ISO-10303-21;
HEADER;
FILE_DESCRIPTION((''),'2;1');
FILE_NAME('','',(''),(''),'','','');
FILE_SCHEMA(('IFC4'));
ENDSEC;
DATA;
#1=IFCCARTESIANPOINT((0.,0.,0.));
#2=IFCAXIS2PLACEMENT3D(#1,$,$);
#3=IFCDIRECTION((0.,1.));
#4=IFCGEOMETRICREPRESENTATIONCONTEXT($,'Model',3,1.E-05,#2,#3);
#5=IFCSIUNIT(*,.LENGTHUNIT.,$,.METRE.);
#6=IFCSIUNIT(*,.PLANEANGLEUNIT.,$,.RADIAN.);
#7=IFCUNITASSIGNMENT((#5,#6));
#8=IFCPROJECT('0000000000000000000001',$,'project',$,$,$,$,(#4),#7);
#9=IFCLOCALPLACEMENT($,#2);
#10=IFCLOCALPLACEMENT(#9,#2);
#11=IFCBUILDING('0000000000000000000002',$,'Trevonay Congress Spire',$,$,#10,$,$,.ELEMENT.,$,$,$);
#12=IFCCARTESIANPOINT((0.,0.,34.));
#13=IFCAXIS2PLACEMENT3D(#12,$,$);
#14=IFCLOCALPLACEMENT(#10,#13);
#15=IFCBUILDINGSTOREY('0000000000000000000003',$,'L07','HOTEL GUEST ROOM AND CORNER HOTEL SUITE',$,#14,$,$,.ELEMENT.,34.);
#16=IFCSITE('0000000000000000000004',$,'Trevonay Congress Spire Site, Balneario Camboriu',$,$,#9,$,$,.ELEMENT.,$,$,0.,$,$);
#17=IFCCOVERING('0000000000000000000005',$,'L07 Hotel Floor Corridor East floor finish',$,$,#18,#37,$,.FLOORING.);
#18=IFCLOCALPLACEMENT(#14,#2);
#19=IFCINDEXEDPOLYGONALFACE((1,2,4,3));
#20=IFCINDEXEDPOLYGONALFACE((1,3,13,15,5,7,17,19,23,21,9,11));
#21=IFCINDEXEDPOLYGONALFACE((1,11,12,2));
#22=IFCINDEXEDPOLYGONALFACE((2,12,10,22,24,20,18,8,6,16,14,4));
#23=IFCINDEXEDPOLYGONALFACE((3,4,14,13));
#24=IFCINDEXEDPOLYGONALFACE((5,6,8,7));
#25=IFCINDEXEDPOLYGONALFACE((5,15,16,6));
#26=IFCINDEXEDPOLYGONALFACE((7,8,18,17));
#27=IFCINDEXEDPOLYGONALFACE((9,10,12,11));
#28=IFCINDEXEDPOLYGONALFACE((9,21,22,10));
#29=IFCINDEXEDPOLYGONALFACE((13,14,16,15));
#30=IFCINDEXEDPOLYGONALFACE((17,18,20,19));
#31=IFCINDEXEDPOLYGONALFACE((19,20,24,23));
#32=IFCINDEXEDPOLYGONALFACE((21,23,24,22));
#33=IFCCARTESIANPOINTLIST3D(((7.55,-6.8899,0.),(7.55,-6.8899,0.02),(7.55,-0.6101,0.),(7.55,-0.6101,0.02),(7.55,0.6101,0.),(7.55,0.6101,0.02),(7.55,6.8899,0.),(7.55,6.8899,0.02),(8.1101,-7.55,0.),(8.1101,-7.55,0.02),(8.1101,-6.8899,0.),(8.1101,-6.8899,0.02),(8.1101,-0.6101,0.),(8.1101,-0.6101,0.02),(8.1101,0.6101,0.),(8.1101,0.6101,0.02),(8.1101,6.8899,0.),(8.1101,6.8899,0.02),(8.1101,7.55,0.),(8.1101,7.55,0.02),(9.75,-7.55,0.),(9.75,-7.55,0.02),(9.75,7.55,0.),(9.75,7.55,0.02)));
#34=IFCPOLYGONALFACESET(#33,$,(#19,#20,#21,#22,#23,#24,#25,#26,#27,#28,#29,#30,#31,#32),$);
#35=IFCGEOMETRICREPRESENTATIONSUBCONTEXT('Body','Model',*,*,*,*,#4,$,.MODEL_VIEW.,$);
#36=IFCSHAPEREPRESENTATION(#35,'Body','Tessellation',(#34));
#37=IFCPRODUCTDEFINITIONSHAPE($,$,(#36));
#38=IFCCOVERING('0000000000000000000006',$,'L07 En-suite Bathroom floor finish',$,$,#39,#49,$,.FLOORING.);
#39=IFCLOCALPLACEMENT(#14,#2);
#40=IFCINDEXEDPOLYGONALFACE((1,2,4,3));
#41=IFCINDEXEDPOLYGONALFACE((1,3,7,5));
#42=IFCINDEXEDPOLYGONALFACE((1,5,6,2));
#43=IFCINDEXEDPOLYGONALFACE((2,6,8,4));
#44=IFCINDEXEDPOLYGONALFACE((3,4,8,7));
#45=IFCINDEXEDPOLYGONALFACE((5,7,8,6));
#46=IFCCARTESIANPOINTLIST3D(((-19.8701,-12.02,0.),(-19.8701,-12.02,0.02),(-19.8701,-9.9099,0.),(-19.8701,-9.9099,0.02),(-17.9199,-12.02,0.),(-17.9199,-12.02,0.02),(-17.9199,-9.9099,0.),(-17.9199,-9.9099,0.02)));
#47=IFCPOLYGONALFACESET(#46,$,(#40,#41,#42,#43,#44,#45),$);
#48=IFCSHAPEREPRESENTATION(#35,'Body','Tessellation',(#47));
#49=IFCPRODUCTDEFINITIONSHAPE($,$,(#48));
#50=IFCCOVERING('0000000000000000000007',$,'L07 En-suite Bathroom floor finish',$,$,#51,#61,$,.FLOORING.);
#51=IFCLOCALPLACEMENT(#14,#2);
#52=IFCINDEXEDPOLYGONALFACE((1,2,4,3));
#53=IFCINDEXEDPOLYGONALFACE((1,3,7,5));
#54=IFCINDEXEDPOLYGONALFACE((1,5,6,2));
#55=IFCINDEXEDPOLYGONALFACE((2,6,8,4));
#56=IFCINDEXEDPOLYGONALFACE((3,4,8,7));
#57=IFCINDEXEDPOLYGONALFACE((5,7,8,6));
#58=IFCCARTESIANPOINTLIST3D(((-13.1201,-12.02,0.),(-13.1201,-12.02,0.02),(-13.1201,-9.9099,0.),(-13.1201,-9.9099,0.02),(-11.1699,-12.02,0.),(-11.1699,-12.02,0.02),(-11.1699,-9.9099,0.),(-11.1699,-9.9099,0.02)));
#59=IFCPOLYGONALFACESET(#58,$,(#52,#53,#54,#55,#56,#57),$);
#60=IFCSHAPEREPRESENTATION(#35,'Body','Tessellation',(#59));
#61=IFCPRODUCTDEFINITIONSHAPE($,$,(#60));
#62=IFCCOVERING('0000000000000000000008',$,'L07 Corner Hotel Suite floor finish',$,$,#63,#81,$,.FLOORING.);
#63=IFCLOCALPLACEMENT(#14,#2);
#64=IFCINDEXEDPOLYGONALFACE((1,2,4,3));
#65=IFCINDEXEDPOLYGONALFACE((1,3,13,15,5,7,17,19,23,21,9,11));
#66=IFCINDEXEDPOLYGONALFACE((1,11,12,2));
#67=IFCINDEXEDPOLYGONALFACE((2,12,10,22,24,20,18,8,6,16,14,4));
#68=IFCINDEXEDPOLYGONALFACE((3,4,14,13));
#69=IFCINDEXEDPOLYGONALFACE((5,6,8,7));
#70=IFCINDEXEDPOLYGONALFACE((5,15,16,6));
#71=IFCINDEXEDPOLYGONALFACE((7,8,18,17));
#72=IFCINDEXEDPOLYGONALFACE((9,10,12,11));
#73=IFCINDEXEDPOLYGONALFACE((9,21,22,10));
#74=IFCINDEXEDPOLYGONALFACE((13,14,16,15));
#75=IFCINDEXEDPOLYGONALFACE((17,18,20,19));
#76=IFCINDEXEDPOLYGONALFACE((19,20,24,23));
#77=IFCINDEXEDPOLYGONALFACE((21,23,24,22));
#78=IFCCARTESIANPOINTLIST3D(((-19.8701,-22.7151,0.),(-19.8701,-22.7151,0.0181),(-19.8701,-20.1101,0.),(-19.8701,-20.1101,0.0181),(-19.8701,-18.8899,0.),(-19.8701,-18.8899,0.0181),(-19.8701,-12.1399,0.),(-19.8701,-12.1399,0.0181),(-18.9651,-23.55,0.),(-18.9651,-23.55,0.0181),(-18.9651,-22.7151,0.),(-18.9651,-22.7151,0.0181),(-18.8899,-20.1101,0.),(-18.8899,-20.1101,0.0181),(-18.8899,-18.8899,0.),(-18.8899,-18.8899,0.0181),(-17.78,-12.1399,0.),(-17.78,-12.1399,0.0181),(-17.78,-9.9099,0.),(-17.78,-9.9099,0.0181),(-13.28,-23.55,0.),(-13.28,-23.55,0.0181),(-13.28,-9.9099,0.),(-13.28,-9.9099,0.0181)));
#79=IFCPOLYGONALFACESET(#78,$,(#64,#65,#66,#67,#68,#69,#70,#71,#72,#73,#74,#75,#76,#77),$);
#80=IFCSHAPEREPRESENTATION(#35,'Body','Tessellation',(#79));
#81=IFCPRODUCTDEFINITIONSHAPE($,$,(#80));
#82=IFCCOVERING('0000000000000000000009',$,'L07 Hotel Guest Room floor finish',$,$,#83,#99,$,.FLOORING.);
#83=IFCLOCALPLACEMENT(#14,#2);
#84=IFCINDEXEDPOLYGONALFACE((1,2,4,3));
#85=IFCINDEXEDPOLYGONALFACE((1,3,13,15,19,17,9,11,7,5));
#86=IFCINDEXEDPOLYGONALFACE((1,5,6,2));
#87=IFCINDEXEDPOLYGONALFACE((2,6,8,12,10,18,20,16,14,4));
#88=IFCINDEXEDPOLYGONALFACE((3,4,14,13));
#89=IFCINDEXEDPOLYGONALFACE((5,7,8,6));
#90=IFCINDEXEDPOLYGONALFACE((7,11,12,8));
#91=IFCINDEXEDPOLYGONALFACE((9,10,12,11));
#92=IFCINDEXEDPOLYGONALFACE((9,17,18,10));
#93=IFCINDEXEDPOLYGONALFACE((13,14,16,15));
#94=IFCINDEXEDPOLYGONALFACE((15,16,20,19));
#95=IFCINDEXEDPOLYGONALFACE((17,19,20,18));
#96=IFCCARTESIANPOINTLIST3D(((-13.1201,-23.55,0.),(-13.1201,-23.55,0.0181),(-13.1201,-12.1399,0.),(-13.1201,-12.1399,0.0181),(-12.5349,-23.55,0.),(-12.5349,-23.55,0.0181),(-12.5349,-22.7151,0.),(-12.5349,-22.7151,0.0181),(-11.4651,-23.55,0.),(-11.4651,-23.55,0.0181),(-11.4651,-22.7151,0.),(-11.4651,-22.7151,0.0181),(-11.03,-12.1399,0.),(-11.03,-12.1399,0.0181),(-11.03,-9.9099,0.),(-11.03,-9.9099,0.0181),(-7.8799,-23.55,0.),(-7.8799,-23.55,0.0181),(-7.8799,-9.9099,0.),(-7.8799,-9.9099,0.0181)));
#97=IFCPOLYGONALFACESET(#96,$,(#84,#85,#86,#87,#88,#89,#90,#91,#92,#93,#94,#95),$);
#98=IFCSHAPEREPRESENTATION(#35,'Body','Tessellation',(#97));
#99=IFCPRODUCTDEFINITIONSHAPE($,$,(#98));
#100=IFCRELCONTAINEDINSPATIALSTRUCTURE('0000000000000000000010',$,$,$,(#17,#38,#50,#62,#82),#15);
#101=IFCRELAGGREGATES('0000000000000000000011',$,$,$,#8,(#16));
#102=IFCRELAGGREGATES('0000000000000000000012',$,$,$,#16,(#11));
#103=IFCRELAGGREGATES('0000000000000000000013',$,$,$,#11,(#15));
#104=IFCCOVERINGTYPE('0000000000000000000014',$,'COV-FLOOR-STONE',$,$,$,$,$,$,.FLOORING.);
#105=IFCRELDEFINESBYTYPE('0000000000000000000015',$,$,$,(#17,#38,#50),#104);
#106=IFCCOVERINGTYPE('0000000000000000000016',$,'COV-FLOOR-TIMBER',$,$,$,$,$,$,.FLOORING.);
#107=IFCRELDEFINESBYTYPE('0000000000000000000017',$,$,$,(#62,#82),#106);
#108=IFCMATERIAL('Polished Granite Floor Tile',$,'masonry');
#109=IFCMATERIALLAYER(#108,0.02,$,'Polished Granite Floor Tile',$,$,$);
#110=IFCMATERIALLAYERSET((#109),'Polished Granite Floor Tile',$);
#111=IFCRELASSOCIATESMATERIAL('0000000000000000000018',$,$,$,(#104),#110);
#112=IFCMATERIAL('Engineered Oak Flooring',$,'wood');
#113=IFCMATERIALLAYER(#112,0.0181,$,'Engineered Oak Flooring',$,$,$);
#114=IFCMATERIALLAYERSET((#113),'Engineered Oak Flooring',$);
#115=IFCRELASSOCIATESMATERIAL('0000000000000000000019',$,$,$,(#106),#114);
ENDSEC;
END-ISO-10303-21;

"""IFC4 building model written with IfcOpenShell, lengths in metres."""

from ifc_helpers import new_model, si_unit, direction, frame, origin, place, context, subcontext, project, spatial, polyline, outline, extrude, material, layer, layer_set, type_object, element, save


model = new_model("IFC4")

# Units and contexts
model_context = context("Model", 3, precision=1e-05, world=origin(), true_north=direction((0.0, 1.0)))
body_context = subcontext(model_context, "Body", "Model", "MODEL_VIEW")
ifc_project = project(units=[si_unit("LENGTHUNIT", "METRE"), si_unit("PLANEANGLEUNIT", "RADIAN")], contexts=[model_context])

# Site, building, storey
site_placement = place(None, origin())
site = spatial("IfcSite", under=ifc_project, at=site_placement, Name="Trevonay Congress Spire Site, Balneario Camboriu", CompositionType="ELEMENT", RefElevation=0.0)
building_placement = place(site_placement, origin())
building = spatial("IfcBuilding", under=site, at=building_placement, Name="Trevonay Congress Spire", CompositionType="ELEMENT")
storey_placement = place(building_placement, frame((0.0, 0.0, 34.0)))
storey = spatial("IfcBuildingStorey", under=building, at=storey_placement, Name="L07", Description="HOTEL GUEST ROOM AND CORNER HOTEL SUITE", CompositionType="ELEMENT", Elevation=34.0)

# Coverings
ifc_material_1 = material(Name="Polished Granite Floor Tile", Category="masonry")
ifc_layer_1 = layer(ifc_material_1, 0.02, Name="Polished Granite Floor Tile")
ifc_layer_set_1 = layer_set([ifc_layer_1], Name="Polished Granite Floor Tile")
covering_type_1 = type_object("IfcCoveringType", Name="COV-FLOOR-STONE", PredefinedType="FLOORING", material=ifc_layer_set_1)
covering_1_placement = place(storey_placement, origin())
element("IfcCovering", 1, at=covering_1_placement, inside=storey, type_object=covering_type_1, Name="L07 Hotel Floor Corridor East floor finish", PredefinedType="FLOORING", context=body_context, shape_type="SweptSolid", body=[
    extrude(outline(polyline([(9.75, -7.55), (8.1101, -7.55), (8.1101, -6.8899), (7.55, -6.8899), (7.55, -0.6101), (8.1101, -0.6101), (8.1101, 0.6101), (7.55, 0.6101), (7.55, 6.8899), (8.1101, 6.8899), (8.1101, 7.55), (9.75, 7.55), (9.75, -7.55)])), origin(), (0.0, 0.0, 1.0), 0.02),
])
covering_2_placement = place(storey_placement, origin())
element("IfcCovering", 2, at=covering_2_placement, inside=storey, type_object=covering_type_1, Name="L07 En-suite Bathroom floor finish", PredefinedType="FLOORING", context=body_context, shape_type="SweptSolid", body=[
    extrude(outline(polyline([(-19.8701, -12.02), (-17.9199, -12.02), (-17.9199, -9.9099), (-19.8701, -9.9099), (-19.8701, -12.02)])), origin(), (0.0, 0.0, 1.0), 0.02),
])
covering_3_placement = place(storey_placement, origin())
element("IfcCovering", 3, at=covering_3_placement, inside=storey, type_object=covering_type_1, Name="L07 En-suite Bathroom floor finish", PredefinedType="FLOORING", context=body_context, shape_type="SweptSolid", body=[
    extrude(outline(polyline([(-13.1201, -12.02), (-11.1699, -12.02), (-11.1699, -9.9099), (-13.1201, -9.9099), (-13.1201, -12.02)])), origin(), (0.0, 0.0, 1.0), 0.02),
])
ifc_material_2 = material(Name="Engineered Oak Flooring", Category="wood")
ifc_layer_2 = layer(ifc_material_2, 0.0181, Name="Engineered Oak Flooring")
ifc_layer_set_2 = layer_set([ifc_layer_2], Name="Engineered Oak Flooring")
covering_type_2 = type_object("IfcCoveringType", Name="COV-FLOOR-TIMBER", PredefinedType="FLOORING", material=ifc_layer_set_2)
covering_4_placement = place(storey_placement, origin())
element("IfcCovering", 4, at=covering_4_placement, inside=storey, type_object=covering_type_2, Name="L07 Corner Hotel Suite floor finish", PredefinedType="FLOORING", context=body_context, shape_type="SweptSolid", body=[
    extrude(outline(polyline([(-19.8701, -12.1399), (-17.78, -12.1399), (-17.78, -9.9099), (-13.28, -9.9099), (-13.28, -23.55), (-18.9651, -23.55), (-18.9651, -22.7151), (-19.8701, -22.7151), (-19.8701, -20.1101), (-18.8899, -20.1101), (-18.8899, -18.8899), (-19.8701, -18.8899), (-19.8701, -12.1399)])), origin(), (0.0, 0.0, 1.0), 0.0181),
])
covering_5_placement = place(storey_placement, origin())
element("IfcCovering", 5, at=covering_5_placement, inside=storey, type_object=covering_type_2, Name="L07 Hotel Guest Room floor finish", PredefinedType="FLOORING", context=body_context, shape_type="SweptSolid", body=[
    extrude(outline(polyline([(-13.1201, -23.55), (-13.1201, -12.1399), (-11.03, -12.1399), (-11.03, -9.9099), (-7.8799, -9.9099), (-7.8799, -23.55), (-11.4651, -23.55), (-11.4651, -22.7151), (-12.5349, -22.7151), (-12.5349, -23.55), (-13.1201, -23.55)])), origin(), (0.0, 0.0, 1.0), 0.0181),
])

save(model, "model.ifc")
